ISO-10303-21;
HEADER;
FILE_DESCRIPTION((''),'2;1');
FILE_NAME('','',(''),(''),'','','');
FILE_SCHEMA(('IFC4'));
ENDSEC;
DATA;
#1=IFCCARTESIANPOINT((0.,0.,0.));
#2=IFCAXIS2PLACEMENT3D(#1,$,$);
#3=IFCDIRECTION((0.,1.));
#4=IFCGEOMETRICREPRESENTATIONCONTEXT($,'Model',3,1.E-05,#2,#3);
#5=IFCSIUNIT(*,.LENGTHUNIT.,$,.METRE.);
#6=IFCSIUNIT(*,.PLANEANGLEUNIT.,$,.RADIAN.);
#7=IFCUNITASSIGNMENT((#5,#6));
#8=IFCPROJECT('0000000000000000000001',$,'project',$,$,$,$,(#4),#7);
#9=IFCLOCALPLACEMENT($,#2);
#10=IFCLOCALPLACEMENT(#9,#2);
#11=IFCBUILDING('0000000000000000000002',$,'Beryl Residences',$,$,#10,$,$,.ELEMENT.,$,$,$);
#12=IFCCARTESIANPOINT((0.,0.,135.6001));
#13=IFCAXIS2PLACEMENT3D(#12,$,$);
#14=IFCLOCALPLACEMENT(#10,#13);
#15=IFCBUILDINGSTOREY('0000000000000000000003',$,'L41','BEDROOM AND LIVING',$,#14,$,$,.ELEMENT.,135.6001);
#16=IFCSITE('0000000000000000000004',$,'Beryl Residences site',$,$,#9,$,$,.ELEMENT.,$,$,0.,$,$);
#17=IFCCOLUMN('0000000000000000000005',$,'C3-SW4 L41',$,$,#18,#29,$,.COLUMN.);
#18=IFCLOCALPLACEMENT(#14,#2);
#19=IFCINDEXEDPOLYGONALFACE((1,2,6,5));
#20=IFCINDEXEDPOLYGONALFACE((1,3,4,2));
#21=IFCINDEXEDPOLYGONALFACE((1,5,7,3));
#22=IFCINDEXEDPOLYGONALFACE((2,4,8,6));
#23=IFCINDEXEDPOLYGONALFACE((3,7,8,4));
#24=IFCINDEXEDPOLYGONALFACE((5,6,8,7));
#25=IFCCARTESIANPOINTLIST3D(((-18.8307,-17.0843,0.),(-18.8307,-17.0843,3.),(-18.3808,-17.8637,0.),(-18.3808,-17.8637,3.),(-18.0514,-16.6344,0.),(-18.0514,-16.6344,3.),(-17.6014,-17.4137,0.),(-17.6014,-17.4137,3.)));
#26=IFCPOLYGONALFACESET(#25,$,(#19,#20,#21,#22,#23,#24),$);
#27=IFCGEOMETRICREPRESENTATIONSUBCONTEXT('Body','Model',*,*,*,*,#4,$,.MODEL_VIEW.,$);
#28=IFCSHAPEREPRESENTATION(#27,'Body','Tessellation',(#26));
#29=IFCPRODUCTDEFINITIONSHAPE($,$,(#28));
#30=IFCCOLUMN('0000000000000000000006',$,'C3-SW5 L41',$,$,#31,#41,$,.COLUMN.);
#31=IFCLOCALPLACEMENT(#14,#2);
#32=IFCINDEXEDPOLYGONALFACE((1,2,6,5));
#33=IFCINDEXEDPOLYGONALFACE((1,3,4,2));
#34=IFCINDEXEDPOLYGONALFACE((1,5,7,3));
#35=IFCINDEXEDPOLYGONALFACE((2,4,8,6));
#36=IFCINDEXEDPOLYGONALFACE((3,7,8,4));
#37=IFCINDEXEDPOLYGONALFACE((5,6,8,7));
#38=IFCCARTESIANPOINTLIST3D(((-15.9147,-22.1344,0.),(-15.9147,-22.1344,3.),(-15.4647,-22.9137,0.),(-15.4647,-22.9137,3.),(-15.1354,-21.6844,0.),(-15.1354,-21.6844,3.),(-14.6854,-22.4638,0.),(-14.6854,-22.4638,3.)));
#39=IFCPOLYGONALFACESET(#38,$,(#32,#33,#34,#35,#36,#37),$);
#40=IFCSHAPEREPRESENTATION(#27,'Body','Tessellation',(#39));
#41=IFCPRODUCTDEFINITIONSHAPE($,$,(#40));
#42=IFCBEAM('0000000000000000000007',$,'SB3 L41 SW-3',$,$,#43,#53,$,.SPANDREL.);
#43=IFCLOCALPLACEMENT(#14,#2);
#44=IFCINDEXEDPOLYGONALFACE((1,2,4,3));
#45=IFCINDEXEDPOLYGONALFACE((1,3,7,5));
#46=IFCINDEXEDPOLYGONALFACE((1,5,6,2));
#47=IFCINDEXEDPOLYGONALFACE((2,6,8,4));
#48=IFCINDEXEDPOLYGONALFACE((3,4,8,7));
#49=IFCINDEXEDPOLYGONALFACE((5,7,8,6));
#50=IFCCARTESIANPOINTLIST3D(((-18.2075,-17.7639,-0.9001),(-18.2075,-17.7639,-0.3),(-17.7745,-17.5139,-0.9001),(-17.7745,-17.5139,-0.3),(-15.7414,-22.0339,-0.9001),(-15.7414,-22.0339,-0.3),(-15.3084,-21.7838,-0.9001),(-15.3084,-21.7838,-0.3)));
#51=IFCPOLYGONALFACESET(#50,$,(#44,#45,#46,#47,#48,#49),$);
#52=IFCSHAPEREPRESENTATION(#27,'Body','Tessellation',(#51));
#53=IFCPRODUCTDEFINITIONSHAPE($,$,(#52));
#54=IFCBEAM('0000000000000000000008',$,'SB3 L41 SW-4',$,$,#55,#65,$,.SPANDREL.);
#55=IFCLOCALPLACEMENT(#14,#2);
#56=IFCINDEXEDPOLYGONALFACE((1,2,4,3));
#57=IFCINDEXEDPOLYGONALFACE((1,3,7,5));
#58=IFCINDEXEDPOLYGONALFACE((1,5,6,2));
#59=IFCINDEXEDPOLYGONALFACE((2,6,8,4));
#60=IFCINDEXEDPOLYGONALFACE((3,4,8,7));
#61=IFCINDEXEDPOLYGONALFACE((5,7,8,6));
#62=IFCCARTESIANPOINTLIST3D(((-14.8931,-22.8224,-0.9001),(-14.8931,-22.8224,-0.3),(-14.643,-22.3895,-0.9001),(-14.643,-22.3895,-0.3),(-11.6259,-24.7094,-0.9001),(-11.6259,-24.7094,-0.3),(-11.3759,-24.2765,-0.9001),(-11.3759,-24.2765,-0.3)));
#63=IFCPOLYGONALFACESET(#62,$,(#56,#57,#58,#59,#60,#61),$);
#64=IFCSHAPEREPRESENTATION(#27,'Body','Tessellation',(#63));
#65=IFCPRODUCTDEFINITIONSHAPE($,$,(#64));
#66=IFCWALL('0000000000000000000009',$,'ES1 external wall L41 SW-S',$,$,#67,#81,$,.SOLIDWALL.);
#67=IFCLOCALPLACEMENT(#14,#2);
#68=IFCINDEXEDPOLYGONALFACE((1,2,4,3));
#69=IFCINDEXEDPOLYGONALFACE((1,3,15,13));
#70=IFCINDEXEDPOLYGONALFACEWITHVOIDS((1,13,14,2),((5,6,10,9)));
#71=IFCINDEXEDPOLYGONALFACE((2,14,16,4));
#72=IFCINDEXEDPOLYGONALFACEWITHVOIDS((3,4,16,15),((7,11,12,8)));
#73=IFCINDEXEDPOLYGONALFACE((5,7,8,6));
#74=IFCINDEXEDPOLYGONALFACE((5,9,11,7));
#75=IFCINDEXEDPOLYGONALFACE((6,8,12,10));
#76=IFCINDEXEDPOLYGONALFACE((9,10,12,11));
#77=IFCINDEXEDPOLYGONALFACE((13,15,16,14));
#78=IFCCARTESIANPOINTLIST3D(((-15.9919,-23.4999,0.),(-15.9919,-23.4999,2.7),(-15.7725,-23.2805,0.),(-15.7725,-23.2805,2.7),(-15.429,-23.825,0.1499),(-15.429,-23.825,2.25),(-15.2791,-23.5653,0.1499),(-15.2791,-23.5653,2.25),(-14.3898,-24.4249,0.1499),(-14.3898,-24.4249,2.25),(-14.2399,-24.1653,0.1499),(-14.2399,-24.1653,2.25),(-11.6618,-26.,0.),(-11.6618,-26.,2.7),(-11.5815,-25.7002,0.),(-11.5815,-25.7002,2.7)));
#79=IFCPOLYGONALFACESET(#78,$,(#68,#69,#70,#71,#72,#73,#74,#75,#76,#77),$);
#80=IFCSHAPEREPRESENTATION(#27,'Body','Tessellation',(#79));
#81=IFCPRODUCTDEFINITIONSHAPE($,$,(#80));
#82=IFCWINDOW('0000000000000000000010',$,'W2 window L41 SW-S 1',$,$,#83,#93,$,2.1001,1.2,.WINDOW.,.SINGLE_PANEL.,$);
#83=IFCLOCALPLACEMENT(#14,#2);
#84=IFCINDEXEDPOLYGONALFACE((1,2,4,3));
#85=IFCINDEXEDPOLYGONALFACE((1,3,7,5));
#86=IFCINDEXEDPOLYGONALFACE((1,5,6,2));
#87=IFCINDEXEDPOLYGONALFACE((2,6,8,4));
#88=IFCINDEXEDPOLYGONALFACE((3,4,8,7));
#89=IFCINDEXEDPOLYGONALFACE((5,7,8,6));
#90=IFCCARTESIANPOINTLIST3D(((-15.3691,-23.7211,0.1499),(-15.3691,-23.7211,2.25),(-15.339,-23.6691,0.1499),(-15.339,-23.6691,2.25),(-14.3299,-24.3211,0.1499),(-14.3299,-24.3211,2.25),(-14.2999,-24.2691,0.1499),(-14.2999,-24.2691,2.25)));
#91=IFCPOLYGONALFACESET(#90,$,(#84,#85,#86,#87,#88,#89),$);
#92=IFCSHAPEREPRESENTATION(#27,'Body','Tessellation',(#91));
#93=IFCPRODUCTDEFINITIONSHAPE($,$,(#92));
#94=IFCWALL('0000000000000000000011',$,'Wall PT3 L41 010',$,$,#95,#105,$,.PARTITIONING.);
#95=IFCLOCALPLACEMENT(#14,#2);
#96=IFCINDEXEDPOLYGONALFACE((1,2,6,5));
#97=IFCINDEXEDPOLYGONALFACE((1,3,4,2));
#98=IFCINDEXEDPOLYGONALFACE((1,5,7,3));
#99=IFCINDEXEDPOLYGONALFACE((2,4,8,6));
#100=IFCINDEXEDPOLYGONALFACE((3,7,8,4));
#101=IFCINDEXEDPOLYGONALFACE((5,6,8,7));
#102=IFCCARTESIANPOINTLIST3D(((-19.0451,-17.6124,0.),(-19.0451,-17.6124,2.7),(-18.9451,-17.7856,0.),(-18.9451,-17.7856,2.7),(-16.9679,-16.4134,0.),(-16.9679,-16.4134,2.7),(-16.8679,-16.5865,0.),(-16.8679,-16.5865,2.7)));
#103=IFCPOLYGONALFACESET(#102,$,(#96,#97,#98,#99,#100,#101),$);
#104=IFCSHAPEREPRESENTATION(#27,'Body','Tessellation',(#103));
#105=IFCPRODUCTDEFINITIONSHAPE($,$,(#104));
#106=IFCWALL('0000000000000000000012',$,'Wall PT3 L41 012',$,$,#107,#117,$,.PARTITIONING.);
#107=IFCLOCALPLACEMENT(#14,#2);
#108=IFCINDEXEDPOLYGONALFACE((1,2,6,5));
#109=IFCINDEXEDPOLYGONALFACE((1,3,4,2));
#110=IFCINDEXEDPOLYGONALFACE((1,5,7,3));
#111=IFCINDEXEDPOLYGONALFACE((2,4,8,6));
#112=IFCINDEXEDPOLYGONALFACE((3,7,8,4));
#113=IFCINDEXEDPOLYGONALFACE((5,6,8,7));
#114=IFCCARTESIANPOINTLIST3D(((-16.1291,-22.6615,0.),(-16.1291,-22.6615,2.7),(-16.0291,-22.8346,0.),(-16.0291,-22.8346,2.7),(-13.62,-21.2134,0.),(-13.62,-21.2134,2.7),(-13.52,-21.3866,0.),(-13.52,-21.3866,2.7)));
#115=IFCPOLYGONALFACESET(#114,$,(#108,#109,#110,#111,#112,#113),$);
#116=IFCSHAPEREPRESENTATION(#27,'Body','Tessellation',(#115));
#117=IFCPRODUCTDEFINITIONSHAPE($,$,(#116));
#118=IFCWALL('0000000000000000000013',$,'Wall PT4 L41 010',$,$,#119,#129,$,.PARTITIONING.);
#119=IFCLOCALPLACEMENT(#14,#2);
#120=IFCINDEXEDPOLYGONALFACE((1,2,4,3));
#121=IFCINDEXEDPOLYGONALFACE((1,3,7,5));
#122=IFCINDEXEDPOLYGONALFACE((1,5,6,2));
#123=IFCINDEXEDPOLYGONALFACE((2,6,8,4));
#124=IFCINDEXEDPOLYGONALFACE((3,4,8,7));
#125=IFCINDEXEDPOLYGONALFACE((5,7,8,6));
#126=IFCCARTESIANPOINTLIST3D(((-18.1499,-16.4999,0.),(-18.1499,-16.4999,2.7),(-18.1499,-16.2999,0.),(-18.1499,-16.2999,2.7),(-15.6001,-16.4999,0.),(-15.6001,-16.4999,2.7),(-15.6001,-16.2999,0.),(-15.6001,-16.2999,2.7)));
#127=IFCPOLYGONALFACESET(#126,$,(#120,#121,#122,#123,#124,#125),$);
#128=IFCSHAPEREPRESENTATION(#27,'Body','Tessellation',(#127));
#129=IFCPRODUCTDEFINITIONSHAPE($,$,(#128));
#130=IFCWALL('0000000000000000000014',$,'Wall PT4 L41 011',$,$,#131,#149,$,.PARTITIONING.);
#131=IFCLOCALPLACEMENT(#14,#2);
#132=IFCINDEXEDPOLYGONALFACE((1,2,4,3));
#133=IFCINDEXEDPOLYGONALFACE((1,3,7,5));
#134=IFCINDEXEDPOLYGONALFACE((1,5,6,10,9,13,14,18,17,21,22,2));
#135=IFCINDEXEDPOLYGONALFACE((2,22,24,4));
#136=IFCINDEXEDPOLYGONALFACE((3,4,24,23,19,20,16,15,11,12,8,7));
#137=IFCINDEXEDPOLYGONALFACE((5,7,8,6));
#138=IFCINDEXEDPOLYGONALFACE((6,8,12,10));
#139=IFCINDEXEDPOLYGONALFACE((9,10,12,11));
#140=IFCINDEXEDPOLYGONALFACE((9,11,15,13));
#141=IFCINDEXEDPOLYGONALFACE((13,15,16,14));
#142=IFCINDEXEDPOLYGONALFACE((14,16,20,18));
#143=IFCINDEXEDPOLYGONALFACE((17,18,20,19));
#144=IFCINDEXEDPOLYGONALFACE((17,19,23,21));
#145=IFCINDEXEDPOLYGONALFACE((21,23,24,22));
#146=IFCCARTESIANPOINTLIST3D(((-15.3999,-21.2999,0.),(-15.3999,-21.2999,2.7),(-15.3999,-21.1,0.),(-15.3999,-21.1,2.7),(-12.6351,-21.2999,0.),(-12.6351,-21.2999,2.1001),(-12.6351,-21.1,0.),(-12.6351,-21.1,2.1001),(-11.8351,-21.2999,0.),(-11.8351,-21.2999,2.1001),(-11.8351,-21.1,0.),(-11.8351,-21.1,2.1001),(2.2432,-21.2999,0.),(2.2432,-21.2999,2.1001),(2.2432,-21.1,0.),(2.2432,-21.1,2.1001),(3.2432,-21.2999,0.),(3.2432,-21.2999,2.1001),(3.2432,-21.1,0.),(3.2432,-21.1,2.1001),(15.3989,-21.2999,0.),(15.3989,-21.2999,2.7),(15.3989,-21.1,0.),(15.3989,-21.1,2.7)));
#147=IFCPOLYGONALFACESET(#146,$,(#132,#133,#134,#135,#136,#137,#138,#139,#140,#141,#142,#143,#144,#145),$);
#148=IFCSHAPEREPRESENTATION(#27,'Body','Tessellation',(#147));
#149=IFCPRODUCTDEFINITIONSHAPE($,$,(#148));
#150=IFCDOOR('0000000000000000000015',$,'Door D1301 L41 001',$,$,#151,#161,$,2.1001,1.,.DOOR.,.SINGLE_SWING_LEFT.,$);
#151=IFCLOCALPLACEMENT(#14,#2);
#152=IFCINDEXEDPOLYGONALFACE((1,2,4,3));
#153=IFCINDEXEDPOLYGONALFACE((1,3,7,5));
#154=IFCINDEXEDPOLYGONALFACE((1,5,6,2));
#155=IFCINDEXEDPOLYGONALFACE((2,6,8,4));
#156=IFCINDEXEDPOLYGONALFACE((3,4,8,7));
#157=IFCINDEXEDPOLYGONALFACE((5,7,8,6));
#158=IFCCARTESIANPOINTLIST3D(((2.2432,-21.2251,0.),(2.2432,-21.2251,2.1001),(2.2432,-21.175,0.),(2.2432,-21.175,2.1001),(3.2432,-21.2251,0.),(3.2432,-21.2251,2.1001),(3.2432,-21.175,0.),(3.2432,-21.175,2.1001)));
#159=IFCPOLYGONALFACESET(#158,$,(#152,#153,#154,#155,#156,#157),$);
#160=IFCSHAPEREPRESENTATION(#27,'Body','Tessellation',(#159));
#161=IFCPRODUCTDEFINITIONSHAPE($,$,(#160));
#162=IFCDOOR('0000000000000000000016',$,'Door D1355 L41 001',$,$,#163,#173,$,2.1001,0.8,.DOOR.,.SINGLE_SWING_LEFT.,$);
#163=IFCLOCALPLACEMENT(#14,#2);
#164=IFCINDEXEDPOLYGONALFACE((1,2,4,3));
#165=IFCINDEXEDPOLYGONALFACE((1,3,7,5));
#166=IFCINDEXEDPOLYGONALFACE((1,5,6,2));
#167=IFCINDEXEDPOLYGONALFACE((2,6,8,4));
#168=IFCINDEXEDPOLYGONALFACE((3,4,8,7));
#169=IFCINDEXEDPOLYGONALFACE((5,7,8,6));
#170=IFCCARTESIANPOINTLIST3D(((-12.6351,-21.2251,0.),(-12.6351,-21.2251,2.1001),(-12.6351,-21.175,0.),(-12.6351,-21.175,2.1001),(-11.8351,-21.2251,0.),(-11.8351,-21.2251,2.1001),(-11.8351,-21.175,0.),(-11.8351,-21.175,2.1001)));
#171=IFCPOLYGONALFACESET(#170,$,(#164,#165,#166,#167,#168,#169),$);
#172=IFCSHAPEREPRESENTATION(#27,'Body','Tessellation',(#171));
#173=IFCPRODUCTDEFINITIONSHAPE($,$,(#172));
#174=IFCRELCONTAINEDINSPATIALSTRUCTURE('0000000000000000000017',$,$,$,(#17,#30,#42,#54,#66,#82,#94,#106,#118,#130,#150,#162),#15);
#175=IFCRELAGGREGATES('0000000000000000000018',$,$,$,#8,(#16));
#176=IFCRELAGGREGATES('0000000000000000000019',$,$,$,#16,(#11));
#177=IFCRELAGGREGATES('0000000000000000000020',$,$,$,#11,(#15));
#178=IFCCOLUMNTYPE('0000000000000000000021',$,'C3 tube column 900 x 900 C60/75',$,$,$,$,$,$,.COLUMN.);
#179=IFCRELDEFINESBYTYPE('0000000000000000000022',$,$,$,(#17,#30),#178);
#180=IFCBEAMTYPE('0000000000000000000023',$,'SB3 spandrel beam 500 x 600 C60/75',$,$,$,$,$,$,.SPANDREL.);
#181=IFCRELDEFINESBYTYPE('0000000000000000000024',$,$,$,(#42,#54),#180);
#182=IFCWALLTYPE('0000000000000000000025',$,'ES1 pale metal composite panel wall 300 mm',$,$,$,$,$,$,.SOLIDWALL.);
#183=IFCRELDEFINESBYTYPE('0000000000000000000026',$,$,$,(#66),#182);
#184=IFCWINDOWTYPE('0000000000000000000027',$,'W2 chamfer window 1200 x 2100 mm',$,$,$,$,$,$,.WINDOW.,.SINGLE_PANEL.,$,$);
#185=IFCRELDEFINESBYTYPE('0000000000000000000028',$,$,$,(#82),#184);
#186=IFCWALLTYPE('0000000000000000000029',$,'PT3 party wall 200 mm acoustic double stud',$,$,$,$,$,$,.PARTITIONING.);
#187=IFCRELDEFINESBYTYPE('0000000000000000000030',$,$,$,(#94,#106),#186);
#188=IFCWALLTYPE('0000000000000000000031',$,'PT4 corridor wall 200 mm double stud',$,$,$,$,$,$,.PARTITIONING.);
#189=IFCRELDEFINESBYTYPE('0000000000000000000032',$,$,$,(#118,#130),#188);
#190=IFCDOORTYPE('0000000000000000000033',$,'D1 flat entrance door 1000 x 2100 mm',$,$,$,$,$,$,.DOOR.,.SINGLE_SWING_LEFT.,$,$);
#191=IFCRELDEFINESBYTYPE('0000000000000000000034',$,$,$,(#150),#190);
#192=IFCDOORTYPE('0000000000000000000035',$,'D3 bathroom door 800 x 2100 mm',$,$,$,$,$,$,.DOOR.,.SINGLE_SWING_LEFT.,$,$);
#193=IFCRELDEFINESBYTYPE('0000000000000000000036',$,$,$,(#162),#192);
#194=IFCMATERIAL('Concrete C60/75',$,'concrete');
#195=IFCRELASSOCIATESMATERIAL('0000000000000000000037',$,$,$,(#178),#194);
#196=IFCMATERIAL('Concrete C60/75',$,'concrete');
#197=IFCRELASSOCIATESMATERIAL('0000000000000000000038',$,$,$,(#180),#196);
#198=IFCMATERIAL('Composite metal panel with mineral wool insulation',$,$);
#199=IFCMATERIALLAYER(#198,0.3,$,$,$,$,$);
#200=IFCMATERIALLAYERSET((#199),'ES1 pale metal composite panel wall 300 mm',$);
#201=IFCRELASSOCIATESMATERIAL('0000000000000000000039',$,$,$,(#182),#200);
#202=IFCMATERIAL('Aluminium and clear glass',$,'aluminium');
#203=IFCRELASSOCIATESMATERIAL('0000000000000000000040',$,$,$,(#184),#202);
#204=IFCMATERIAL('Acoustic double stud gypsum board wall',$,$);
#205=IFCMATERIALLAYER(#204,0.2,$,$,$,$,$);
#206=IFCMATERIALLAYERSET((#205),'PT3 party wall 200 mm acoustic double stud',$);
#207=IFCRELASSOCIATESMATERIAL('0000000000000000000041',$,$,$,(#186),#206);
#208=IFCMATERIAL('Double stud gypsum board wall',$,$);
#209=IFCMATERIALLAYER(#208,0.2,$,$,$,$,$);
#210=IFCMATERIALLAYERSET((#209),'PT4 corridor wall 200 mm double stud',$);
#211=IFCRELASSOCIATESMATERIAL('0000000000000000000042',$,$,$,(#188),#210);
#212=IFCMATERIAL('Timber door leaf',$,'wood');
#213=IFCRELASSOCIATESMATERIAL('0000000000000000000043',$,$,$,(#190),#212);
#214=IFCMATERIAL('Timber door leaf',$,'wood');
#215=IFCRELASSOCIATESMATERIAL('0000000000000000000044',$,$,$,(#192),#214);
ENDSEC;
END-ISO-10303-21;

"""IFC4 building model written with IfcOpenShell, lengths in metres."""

from ifc_helpers import new_model, si_unit, direction, frame, frame_2d, origin, origin_2d, place, context, subcontext, project, spatial, polyline, rectangle, outline, extrude, material, layer, layer_set, material_profile, profile_set, type_object, element, fill, save


model = new_model("IFC4")

# Units and contexts
model_context = context("Model", 3, precision=1e-05, world=origin(), true_north=direction((0.0, 1.0)))
body_context = subcontext(model_context, "Body", "Model", "MODEL_VIEW")
ifc_project = project(units=[si_unit("LENGTHUNIT", "METRE"), si_unit("PLANEANGLEUNIT", "RADIAN")], contexts=[model_context])

# Site, building, storey
site_placement = place(None, origin())
site = spatial("IfcSite", under=ifc_project, at=site_placement, Name="Beryl Residences site", CompositionType="ELEMENT", RefElevation=0.0)
building_placement = place(site_placement, origin())
building = spatial("IfcBuilding", under=site, at=building_placement, Name="Beryl Residences", CompositionType="ELEMENT")
storey_placement = place(building_placement, frame((0.0, 0.0, 135.6001)))
storey = spatial("IfcBuildingStorey", under=building, at=storey_placement, Name="L41", Description="BEDROOM AND LIVING", CompositionType="ELEMENT", Elevation=135.6001)

# Columns
ifc_material_1 = material(Name="Concrete C60/75", Category="concrete")
ifc_material_profile_1 = material_profile(ifc_material_1, rectangle(XDim=0.8999, YDim=0.8999, at=origin_2d()))
ifc_profile_set_1 = profile_set([ifc_material_profile_1], Name="Concrete C60/75")
column_type = type_object("IfcColumnType", Name="C3 tube column 900 x 900 C60/75", PredefinedType="COLUMN", material=ifc_profile_set_1)
for number, where, z_axis, x_axis, name in (
    (1, (-18.2161, -17.249, 0.0), (0.0, 0.0, 1.0), (0.5, -0.866025, 0.0), "C3-SW4 L41"),
    (2, (-15.3, -22.2991, 0.0), (0.0, 0.0, 1.0), (0.5, -0.866025, 0.0), "C3-SW5 L41"),
):
    element("IfcColumn", number, at=place(storey_placement, frame(where, z_axis=z_axis, x_axis=x_axis)), inside=storey, type_object=column_type, Name=name, PredefinedType="COLUMN", context=body_context, shape_type="SweptSolid", body=[
        extrude(rectangle(XDim=0.8999, YDim=0.8999, at=origin_2d()), origin(), (0.0, 0.0, 1.0), 3.0),
    ])

# Beams
ifc_material_2 = material(Name="Concrete C60/75", Category="concrete")
ifc_material_profile_2 = material_profile(ifc_material_2, rectangle(XDim=0.5, YDim=0.6001, at=origin_2d()))
ifc_profile_set_2 = profile_set([ifc_material_profile_2], Name="Concrete C60/75")
beam_type = type_object("IfcBeamType", Name="SB3 spandrel beam 500 x 600 C60/75", PredefinedType="SPANDREL", material=ifc_profile_set_2)
beam_1_placement = place(storey_placement, frame((-17.991, -17.6389, -0.6001), z_axis=(0.500117, -0.865958, 0.0), x_axis=(0.865958, 0.500117, 0.0)))
element("IfcBeam", 3, at=beam_1_placement, inside=storey, type_object=beam_type, Name="SB3 L41 SW-3", PredefinedType="SPANDREL", context=body_context, shape_type="SweptSolid", body=[
    extrude(rectangle(XDim=0.5, YDim=0.6001, at=origin_2d()), origin(), (0.0, 0.0, 1.0), 4.9309),
])
beam_2_placement = place(storey_placement, frame((-14.7681, -22.606, -0.6001), z_axis=(0.865944, -0.500141, 0.0), x_axis=(0.500141, 0.865944, 0.0)))
element("IfcBeam", 4, at=beam_2_placement, inside=storey, type_object=beam_type, Name="SB3 L41 SW-4", PredefinedType="SPANDREL", context=body_context, shape_type="SweptSolid", body=[
    extrude(rectangle(XDim=0.5, YDim=0.6001, at=origin_2d()), origin(), (0.0, 0.0, 1.0), 3.7729),
])

# Wall, opening, window
ifc_material_3 = material(Name="Composite metal panel with mineral wool insulation")
ifc_layer_1 = layer(ifc_material_3, 0.3)
ifc_layer_set_1 = layer_set([ifc_layer_1], Name="ES1 pale metal composite panel wall 300 mm")
wall_type_1 = type_object("IfcWallType", Name="ES1 pale metal composite panel wall 300 mm", PredefinedType="SOLIDWALL", material=ifc_layer_set_1)
wall_1_placement = place(storey_placement, frame((-15.917, -23.3701, 0.0), z_axis=(0.0, 0.0, 1.0), x_axis=(0.866023, -0.500004, 0.0)))
wall_1 = element("IfcWall", 5, at=wall_1_placement, inside=storey, type_object=wall_type_1, Name="ES1 external wall L41 SW-S", PredefinedType="SOLIDWALL", context=body_context, shape_type="SweptSolid", body=[
    extrude(outline(polyline([(0.0, -0.1499), (5.0, -0.1499), (4.9197, 0.1499), (0.0803, 0.1499), (0.0, -0.1499)])), origin(), (0.0, 0.0, 1.0), 2.7),
])
opening_1_placement = place(wall_1_placement, frame((0.6499, 0.0, 0.1499)))
opening_1 = element("IfcOpeningElement", 6, at=opening_1_placement, cuts=wall_1, PredefinedType="OPENING", context=body_context, shape_type="SweptSolid", body=[
    extrude(rectangle(XDim=1.2, YDim=2.1001, at=frame_2d((0.6001, 1.05))), frame((0.0, 0.1599, 0.0), z_axis=(0.0, -1.0, 0.0), x_axis=(1.0, 0.0, 0.0)), (0.0, 0.0, 1.0), 0.3201),
])
ifc_material_4 = material(Name="Aluminium and clear glass", Category="aluminium")
window_type = type_object("IfcWindowType", Name="W2 chamfer window 1200 x 2100 mm", PartitioningType="SINGLE_PANEL", PredefinedType="WINDOW", material=ifc_material_4)
window_placement = place(opening_1_placement, origin())
window = element("IfcWindow", 7, at=window_placement, inside=storey, type_object=window_type, Name="W2 window L41 SW-S 1", OverallHeight=2.1001, OverallWidth=1.2, PartitioningType="SINGLE_PANEL", PredefinedType="WINDOW", context=body_context, shape_type="SweptSolid", body=[
    extrude(rectangle(XDim=1.2, YDim=2.1001, at=frame_2d((0.6001, 1.05))), frame((0.0, 0.03, 0.0), z_axis=(0.0, -1.0, 0.0), x_axis=(1.0, 0.0, 0.0)), (0.0, 0.0, 1.0), 0.0601),
])
fill(opening_1, window)

# Walls
ifc_material_5 = material(Name="Acoustic double stud gypsum board wall")
ifc_layer_2 = layer(ifc_material_5, 0.2)
ifc_layer_set_2 = layer_set([ifc_layer_2], Name="PT3 party wall 200 mm acoustic double stud")
wall_type_2 = type_object("IfcWallType", Name="PT3 party wall 200 mm acoustic double stud", PredefinedType="PARTITIONING", material=ifc_layer_set_2)
wall_2_placement = place(storey_placement, frame((-18.9951, -17.699, 0.0), z_axis=(0.0, 0.0, 1.0), x_axis=(0.866074, 0.499916, 0.0)))
element("IfcWall", 8, at=wall_2_placement, inside=storey, type_object=wall_type_2, Name="Wall PT3 L41 010", PredefinedType="PARTITIONING", context=body_context, shape_type="SweptSolid", body=[
    extrude(rectangle(XDim=2.3984, YDim=0.2, at=frame_2d((1.1992, 0.0))), origin(), (0.0, 0.0, 1.0), 2.7),
])
wall_3_placement = place(storey_placement, frame((-16.0791, -22.748, 0.0), z_axis=(0.0, 0.0, 1.0), x_axis=(0.866114, 0.499846, 0.0)))
element("IfcWall", 9, at=wall_3_placement, inside=storey, type_object=wall_type_2, Name="Wall PT3 L41 012", PredefinedType="PARTITIONING", context=body_context, shape_type="SweptSolid", body=[
    extrude(rectangle(XDim=2.897, YDim=0.2, at=frame_2d((1.4485, 0.0))), origin(), (0.0, 0.0, 1.0), 2.7),
])
ifc_material_6 = material(Name="Double stud gypsum board wall")
ifc_layer_3 = layer(ifc_material_6, 0.2)
ifc_layer_set_3 = layer_set([ifc_layer_3], Name="PT4 corridor wall 200 mm double stud")
wall_type_3 = type_object("IfcWallType", Name="PT4 corridor wall 200 mm double stud", PredefinedType="PARTITIONING", material=ifc_layer_set_3)
wall_4_placement = place(storey_placement, frame((-18.1499, -16.3999, 0.0), z_axis=(0.0, 0.0, 1.0), x_axis=(1.0, 0.0, 0.0)))
element("IfcWall", 10, at=wall_4_placement, inside=storey, type_object=wall_type_3, Name="Wall PT4 L41 010", PredefinedType="PARTITIONING", context=body_context, shape_type="SweptSolid", body=[
    extrude(rectangle(XDim=2.5498, YDim=0.2, at=frame_2d((1.2749, 0.0))), origin(), (0.0, 0.0, 1.0), 2.7),
])

# Wall, openings, doors
wall_5_placement = place(storey_placement, frame((-15.3999, -21.2, 0.0), z_axis=(0.0, 0.0, 1.0), x_axis=(1.0, 0.0, 0.0)))
wall_5 = element("IfcWall", 11, at=wall_5_placement, inside=storey, type_object=wall_type_3, Name="Wall PT4 L41 011", PredefinedType="PARTITIONING", context=body_context, shape_type="SweptSolid", body=[
    extrude(rectangle(XDim=30.7988, YDim=0.2, at=frame_2d((15.3994, 0.0))), origin(), (0.0, 0.0, 1.0), 2.7),
])
opening_2_placement = place(wall_5_placement, frame((17.6431, 0.0, 0.0)))
opening_2 = element("IfcOpeningElement", 12, at=opening_2_placement, cuts=wall_5, PredefinedType="OPENING", context=body_context, shape_type="SweptSolid", body=[
    extrude(rectangle(XDim=1.0, YDim=2.1001, at=frame_2d((0.5, 1.05))), frame((0.0, 0.1099, 0.0), z_axis=(0.0, -1.0, 0.0), x_axis=(1.0, 0.0, 0.0)), (0.0, 0.0, 1.0), 0.22),
])
opening_3_placement = place(wall_5_placement, frame((2.7649, 0.0, 0.0)))
opening_3 = element("IfcOpeningElement", 13, at=opening_3_placement, cuts=wall_5, PredefinedType="OPENING", context=body_context, shape_type="SweptSolid", body=[
    extrude(rectangle(XDim=0.8, YDim=2.1001, at=frame_2d((0.3999, 1.05))), frame((0.0, 0.1099, 0.0), z_axis=(0.0, -1.0, 0.0), x_axis=(1.0, 0.0, 0.0)), (0.0, 0.0, 1.0), 0.22),
])
ifc_material_7 = material(Name="Timber door leaf", Category="wood")
door_type_1 = type_object("IfcDoorType", Name="D1 flat entrance door 1000 x 2100 mm", OperationType="SINGLE_SWING_LEFT", PredefinedType="DOOR", material=ifc_material_7)
door_1_placement = place(opening_2_placement, origin())
door_1 = element("IfcDoor", 14, at=door_1_placement, inside=storey, type_object=door_type_1, Name="Door D1301 L41 001", OperationType="SINGLE_SWING_LEFT", OverallHeight=2.1001, OverallWidth=1.0, PredefinedType="DOOR", context=body_context, shape_type="SweptSolid", body=[
    extrude(rectangle(XDim=1.0, YDim=2.1001, at=frame_2d((0.5, 1.05))), frame((0.0, 0.0249, 0.0), z_axis=(0.0, -1.0, 0.0), x_axis=(1.0, 0.0, 0.0)), (0.0, 0.0, 1.0), 0.05),
])
fill(opening_2, door_1)
ifc_material_8 = material(Name="Timber door leaf", Category="wood")
door_type_2 = type_object("IfcDoorType", Name="D3 bathroom door 800 x 2100 mm", OperationType="SINGLE_SWING_LEFT", PredefinedType="DOOR", material=ifc_material_8)
door_2_placement = place(opening_3_placement, origin())
door_2 = element("IfcDoor", 15, at=door_2_placement, inside=storey, type_object=door_type_2, Name="Door D1355 L41 001", OperationType="SINGLE_SWING_LEFT", OverallHeight=2.1001, OverallWidth=0.8, PredefinedType="DOOR", context=body_context, shape_type="SweptSolid", body=[
    extrude(rectangle(XDim=0.8, YDim=2.1001, at=frame_2d((0.3999, 1.05))), frame((0.0, 0.0249, 0.0), z_axis=(0.0, -1.0, 0.0), x_axis=(1.0, 0.0, 0.0)), (0.0, 0.0, 1.0), 0.05),
])
fill(opening_3, door_2)

save(model, "model.ifc")
